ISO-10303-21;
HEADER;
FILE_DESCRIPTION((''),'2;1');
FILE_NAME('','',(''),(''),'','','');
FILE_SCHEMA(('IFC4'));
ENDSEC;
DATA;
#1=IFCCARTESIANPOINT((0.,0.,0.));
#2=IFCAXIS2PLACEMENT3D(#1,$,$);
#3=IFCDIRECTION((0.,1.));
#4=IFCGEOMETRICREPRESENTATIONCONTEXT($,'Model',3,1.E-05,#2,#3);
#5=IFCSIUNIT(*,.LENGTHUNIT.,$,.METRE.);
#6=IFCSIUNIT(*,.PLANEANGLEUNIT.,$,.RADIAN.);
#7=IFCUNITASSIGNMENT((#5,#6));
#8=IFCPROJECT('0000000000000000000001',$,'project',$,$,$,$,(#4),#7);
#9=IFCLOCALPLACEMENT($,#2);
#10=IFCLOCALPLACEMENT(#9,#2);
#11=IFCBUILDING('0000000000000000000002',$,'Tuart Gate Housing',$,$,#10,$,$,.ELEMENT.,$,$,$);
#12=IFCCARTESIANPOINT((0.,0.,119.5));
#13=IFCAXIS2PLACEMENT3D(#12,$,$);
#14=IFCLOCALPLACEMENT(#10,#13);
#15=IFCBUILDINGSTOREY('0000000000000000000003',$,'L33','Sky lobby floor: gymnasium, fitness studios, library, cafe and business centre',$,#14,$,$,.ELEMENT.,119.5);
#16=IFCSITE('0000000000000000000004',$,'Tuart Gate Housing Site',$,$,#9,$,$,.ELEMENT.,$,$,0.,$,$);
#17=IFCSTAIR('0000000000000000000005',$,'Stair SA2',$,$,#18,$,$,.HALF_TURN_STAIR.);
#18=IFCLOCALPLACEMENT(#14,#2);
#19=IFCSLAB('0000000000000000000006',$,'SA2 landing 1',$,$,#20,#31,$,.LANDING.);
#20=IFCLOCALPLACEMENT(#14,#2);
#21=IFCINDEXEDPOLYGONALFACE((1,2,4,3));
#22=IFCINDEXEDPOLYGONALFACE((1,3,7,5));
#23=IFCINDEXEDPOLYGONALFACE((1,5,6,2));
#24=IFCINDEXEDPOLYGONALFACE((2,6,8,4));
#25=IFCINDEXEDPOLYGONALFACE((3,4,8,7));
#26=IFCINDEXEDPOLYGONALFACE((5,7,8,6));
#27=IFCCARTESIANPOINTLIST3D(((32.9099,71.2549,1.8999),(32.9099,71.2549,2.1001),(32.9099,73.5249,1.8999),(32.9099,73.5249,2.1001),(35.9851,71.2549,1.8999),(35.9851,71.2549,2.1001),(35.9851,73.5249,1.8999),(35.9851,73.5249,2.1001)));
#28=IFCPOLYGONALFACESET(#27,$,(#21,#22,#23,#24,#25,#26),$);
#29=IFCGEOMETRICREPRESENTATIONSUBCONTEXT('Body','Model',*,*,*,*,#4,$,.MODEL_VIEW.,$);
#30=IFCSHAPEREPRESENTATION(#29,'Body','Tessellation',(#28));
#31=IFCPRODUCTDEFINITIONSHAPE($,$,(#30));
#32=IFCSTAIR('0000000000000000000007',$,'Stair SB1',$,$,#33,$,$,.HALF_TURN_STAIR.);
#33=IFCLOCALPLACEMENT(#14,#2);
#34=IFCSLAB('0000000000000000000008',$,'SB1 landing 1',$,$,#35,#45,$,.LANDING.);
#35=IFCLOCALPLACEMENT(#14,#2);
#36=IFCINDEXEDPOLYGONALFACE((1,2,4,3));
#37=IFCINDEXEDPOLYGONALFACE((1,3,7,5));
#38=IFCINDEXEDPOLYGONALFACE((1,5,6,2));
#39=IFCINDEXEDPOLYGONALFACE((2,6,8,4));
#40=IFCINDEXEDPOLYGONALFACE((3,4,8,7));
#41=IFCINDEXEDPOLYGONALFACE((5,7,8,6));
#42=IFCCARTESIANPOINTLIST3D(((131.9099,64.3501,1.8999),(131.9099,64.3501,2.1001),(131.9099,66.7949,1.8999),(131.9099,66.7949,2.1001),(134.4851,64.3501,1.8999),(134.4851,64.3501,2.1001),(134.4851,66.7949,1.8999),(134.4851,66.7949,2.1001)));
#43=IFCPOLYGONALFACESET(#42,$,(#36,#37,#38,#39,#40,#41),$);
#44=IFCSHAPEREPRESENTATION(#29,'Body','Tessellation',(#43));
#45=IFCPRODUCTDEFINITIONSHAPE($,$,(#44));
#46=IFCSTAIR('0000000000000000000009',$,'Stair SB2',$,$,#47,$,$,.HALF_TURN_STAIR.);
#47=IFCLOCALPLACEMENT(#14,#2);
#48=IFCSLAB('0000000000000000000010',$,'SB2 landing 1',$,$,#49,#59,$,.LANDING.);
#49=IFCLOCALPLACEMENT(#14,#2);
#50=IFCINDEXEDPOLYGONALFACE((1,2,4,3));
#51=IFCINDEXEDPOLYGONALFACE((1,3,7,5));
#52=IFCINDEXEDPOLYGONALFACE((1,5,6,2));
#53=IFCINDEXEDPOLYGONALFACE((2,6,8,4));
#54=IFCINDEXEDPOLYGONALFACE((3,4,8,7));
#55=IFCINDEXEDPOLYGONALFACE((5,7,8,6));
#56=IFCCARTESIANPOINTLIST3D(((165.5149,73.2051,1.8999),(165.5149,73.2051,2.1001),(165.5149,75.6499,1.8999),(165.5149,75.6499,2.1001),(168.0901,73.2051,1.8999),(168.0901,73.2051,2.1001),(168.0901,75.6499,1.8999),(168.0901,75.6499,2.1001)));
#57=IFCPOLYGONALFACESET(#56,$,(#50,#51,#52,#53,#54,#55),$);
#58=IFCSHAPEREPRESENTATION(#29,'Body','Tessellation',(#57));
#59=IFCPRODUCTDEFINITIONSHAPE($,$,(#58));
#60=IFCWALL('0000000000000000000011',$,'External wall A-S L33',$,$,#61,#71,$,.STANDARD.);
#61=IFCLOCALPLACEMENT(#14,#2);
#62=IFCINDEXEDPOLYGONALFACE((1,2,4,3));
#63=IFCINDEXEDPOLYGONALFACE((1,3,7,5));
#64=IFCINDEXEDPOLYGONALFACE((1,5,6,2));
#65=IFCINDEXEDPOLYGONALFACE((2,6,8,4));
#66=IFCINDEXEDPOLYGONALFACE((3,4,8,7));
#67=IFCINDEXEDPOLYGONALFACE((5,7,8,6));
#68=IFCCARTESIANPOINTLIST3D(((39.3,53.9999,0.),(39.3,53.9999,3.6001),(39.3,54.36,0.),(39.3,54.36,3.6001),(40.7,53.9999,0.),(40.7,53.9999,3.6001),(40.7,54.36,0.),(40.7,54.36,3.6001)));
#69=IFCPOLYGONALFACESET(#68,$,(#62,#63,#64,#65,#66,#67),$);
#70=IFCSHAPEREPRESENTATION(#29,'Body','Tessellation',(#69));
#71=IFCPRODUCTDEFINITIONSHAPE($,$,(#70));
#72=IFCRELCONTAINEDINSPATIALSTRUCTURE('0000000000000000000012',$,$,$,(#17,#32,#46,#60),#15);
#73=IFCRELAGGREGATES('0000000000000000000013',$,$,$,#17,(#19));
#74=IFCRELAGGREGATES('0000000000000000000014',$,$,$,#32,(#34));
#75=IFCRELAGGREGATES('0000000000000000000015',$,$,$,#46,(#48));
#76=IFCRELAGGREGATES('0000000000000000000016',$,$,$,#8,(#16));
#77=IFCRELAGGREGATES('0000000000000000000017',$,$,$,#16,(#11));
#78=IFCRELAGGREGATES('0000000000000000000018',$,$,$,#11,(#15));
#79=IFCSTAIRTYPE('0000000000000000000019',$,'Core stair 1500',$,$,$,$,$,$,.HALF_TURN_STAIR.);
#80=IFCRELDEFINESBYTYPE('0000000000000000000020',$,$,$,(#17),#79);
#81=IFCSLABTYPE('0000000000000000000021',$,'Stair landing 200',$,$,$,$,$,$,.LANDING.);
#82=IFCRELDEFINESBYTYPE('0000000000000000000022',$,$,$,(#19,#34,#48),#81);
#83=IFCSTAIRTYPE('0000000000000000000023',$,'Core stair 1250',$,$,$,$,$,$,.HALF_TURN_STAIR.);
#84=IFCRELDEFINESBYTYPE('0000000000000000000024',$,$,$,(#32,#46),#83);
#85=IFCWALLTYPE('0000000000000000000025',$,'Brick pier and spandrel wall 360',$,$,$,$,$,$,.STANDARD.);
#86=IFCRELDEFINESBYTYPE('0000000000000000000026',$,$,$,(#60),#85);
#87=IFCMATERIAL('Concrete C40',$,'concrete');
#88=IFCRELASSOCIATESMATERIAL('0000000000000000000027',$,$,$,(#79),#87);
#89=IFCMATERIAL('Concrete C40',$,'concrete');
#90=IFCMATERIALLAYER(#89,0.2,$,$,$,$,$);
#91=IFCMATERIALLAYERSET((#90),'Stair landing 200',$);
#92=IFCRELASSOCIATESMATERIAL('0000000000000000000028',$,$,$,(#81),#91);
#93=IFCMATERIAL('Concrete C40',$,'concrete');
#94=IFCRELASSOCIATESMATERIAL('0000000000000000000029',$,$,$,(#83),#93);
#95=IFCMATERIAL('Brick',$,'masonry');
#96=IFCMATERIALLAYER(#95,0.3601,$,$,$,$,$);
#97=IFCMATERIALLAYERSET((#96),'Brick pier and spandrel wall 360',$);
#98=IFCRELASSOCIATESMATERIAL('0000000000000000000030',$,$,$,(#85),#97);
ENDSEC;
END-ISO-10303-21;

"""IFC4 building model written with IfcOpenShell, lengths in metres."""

from ifc_helpers import new_model, si_unit, direction, frame, frame_2d, origin, place, context, subcontext, project, spatial, polyline, rectangle, outline, extrude, material, layer, layer_set, type_object, element, aggregate, save


model = new_model("IFC4")

# Units and contexts
model_context = context("Model", 3, precision=1e-05, world=origin(), true_north=direction((0.0, 1.0)))
body_context = subcontext(model_context, "Body", "Model", "MODEL_VIEW")
ifc_project = project(units=[si_unit("LENGTHUNIT", "METRE"), si_unit("PLANEANGLEUNIT", "RADIAN")], contexts=[model_context])

# Site, building, storey
site_placement = place(None, origin())
site = spatial("IfcSite", under=ifc_project, at=site_placement, Name="Tuart Gate Housing Site", CompositionType="ELEMENT", RefElevation=0.0)
building_placement = place(site_placement, origin())
building = spatial("IfcBuilding", under=site, at=building_placement, Name="Tuart Gate Housing", CompositionType="ELEMENT")
storey_placement = place(building_placement, frame((0.0, 0.0, 119.5)))
storey = spatial("IfcBuildingStorey", under=building, at=storey_placement, Name="L33", Description="Sky lobby floor: gymnasium, fitness studios, library, cafe and business centre", CompositionType="ELEMENT", Elevation=119.5)

# Stairs, slabs
ifc_material_1 = material(Name="Concrete C40", Category="concrete")
stair_type_1 = type_object("IfcStairType", Name="Core stair 1500", PredefinedType="HALF_TURN_STAIR", material=ifc_material_1)
ifc_material_2 = material(Name="Concrete C40", Category="concrete")
ifc_layer_1 = layer(ifc_material_2, 0.2)
ifc_layer_set_1 = layer_set([ifc_layer_1], Name="Stair landing 200")
slab_type_1 = type_object("IfcSlabType", Name="Stair landing 200", PredefinedType="LANDING", material=ifc_layer_set_1)
stair_1_placement = place(storey_placement, origin())
stair_1 = element("IfcStair", 1, at=stair_1_placement, inside=storey, type_object=stair_type_1, Name="Stair SA2", PredefinedType="HALF_TURN_STAIR")
slab_1_placement = place(storey_placement, frame((0.0, 0.0, 1.8999)))
slab_1 = element("IfcSlab", 2, at=slab_1_placement, type_object=slab_type_1, Name="SA2 landing 1", PredefinedType="LANDING", context=body_context, shape_type="SweptSolid", body=[
    extrude(outline(polyline([(35.9851, 73.5249), (32.9099, 73.5249), (32.9099, 71.2549), (35.9851, 71.2549), (35.9851, 73.5249)])), origin(), (0.0, 0.0, 1.0), 0.2002),
])
aggregate(stair_1, [slab_1])
ifc_material_3 = material(Name="Concrete C40", Category="concrete")
stair_type_2 = type_object("IfcStairType", Name="Core stair 1250", PredefinedType="HALF_TURN_STAIR", material=ifc_material_3)
stair_2_placement = place(storey_placement, origin())
stair_2 = element("IfcStair", 3, at=stair_2_placement, inside=storey, type_object=stair_type_2, Name="Stair SB1", PredefinedType="HALF_TURN_STAIR")
slab_2_placement = place(storey_placement, frame((0.0, 0.0, 1.8999)))
slab_2 = element("IfcSlab", 4, at=slab_2_placement, type_object=slab_type_1, Name="SB1 landing 1", PredefinedType="LANDING", context=body_context, shape_type="SweptSolid", body=[
    extrude(outline(polyline([(134.4851, 66.7949), (131.9099, 66.7949), (131.9099, 64.3501), (134.4851, 64.3501), (134.4851, 66.7949)])), origin(), (0.0, 0.0, 1.0), 0.2002),
])
aggregate(stair_2, [slab_2])
stair_3_placement = place(storey_placement, origin())
stair_3 = element("IfcStair", 5, at=stair_3_placement, inside=storey, type_object=stair_type_2, Name="Stair SB2", PredefinedType="HALF_TURN_STAIR")
slab_3_placement = place(storey_placement, frame((0.0, 0.0, 1.8999)))
slab_3 = element("IfcSlab", 6, at=slab_3_placement, type_object=slab_type_1, Name="SB2 landing 1", PredefinedType="LANDING", context=body_context, shape_type="SweptSolid", body=[
    extrude(outline(polyline([(165.5149, 73.2051), (168.0901, 73.2051), (168.0901, 75.6499), (165.5149, 75.6499), (165.5149, 73.2051)])), origin(), (0.0, 0.0, 1.0), 0.2002),
])
aggregate(stair_3, [slab_3])

# Wall
ifc_material_4 = material(Name="Brick", Category="masonry")
ifc_layer_2 = layer(ifc_material_4, 0.3601)
ifc_layer_set_2 = layer_set([ifc_layer_2], Name="Brick pier and spandrel wall 360")
wall_type = type_object("IfcWallType", Name="Brick pier and spandrel wall 360", PredefinedType="STANDARD", material=ifc_layer_set_2)
wall_placement = place(storey_placement, frame((39.3, 54.1799, 0.0), z_axis=(0.0, 0.0, 1.0), x_axis=(1.0, 0.0, 0.0)))
element("IfcWall", 7, at=wall_placement, inside=storey, type_object=wall_type, Name="External wall A-S L33", PredefinedType="STANDARD", context=body_context, shape_type="SweptSolid", body=[
    extrude(rectangle(XDim=1.3999, YDim=0.3601, at=frame_2d((0.7, 0.0))), origin(), (0.0, 0.0, 1.0), 3.6001),
])

save(model, "model.ifc")
